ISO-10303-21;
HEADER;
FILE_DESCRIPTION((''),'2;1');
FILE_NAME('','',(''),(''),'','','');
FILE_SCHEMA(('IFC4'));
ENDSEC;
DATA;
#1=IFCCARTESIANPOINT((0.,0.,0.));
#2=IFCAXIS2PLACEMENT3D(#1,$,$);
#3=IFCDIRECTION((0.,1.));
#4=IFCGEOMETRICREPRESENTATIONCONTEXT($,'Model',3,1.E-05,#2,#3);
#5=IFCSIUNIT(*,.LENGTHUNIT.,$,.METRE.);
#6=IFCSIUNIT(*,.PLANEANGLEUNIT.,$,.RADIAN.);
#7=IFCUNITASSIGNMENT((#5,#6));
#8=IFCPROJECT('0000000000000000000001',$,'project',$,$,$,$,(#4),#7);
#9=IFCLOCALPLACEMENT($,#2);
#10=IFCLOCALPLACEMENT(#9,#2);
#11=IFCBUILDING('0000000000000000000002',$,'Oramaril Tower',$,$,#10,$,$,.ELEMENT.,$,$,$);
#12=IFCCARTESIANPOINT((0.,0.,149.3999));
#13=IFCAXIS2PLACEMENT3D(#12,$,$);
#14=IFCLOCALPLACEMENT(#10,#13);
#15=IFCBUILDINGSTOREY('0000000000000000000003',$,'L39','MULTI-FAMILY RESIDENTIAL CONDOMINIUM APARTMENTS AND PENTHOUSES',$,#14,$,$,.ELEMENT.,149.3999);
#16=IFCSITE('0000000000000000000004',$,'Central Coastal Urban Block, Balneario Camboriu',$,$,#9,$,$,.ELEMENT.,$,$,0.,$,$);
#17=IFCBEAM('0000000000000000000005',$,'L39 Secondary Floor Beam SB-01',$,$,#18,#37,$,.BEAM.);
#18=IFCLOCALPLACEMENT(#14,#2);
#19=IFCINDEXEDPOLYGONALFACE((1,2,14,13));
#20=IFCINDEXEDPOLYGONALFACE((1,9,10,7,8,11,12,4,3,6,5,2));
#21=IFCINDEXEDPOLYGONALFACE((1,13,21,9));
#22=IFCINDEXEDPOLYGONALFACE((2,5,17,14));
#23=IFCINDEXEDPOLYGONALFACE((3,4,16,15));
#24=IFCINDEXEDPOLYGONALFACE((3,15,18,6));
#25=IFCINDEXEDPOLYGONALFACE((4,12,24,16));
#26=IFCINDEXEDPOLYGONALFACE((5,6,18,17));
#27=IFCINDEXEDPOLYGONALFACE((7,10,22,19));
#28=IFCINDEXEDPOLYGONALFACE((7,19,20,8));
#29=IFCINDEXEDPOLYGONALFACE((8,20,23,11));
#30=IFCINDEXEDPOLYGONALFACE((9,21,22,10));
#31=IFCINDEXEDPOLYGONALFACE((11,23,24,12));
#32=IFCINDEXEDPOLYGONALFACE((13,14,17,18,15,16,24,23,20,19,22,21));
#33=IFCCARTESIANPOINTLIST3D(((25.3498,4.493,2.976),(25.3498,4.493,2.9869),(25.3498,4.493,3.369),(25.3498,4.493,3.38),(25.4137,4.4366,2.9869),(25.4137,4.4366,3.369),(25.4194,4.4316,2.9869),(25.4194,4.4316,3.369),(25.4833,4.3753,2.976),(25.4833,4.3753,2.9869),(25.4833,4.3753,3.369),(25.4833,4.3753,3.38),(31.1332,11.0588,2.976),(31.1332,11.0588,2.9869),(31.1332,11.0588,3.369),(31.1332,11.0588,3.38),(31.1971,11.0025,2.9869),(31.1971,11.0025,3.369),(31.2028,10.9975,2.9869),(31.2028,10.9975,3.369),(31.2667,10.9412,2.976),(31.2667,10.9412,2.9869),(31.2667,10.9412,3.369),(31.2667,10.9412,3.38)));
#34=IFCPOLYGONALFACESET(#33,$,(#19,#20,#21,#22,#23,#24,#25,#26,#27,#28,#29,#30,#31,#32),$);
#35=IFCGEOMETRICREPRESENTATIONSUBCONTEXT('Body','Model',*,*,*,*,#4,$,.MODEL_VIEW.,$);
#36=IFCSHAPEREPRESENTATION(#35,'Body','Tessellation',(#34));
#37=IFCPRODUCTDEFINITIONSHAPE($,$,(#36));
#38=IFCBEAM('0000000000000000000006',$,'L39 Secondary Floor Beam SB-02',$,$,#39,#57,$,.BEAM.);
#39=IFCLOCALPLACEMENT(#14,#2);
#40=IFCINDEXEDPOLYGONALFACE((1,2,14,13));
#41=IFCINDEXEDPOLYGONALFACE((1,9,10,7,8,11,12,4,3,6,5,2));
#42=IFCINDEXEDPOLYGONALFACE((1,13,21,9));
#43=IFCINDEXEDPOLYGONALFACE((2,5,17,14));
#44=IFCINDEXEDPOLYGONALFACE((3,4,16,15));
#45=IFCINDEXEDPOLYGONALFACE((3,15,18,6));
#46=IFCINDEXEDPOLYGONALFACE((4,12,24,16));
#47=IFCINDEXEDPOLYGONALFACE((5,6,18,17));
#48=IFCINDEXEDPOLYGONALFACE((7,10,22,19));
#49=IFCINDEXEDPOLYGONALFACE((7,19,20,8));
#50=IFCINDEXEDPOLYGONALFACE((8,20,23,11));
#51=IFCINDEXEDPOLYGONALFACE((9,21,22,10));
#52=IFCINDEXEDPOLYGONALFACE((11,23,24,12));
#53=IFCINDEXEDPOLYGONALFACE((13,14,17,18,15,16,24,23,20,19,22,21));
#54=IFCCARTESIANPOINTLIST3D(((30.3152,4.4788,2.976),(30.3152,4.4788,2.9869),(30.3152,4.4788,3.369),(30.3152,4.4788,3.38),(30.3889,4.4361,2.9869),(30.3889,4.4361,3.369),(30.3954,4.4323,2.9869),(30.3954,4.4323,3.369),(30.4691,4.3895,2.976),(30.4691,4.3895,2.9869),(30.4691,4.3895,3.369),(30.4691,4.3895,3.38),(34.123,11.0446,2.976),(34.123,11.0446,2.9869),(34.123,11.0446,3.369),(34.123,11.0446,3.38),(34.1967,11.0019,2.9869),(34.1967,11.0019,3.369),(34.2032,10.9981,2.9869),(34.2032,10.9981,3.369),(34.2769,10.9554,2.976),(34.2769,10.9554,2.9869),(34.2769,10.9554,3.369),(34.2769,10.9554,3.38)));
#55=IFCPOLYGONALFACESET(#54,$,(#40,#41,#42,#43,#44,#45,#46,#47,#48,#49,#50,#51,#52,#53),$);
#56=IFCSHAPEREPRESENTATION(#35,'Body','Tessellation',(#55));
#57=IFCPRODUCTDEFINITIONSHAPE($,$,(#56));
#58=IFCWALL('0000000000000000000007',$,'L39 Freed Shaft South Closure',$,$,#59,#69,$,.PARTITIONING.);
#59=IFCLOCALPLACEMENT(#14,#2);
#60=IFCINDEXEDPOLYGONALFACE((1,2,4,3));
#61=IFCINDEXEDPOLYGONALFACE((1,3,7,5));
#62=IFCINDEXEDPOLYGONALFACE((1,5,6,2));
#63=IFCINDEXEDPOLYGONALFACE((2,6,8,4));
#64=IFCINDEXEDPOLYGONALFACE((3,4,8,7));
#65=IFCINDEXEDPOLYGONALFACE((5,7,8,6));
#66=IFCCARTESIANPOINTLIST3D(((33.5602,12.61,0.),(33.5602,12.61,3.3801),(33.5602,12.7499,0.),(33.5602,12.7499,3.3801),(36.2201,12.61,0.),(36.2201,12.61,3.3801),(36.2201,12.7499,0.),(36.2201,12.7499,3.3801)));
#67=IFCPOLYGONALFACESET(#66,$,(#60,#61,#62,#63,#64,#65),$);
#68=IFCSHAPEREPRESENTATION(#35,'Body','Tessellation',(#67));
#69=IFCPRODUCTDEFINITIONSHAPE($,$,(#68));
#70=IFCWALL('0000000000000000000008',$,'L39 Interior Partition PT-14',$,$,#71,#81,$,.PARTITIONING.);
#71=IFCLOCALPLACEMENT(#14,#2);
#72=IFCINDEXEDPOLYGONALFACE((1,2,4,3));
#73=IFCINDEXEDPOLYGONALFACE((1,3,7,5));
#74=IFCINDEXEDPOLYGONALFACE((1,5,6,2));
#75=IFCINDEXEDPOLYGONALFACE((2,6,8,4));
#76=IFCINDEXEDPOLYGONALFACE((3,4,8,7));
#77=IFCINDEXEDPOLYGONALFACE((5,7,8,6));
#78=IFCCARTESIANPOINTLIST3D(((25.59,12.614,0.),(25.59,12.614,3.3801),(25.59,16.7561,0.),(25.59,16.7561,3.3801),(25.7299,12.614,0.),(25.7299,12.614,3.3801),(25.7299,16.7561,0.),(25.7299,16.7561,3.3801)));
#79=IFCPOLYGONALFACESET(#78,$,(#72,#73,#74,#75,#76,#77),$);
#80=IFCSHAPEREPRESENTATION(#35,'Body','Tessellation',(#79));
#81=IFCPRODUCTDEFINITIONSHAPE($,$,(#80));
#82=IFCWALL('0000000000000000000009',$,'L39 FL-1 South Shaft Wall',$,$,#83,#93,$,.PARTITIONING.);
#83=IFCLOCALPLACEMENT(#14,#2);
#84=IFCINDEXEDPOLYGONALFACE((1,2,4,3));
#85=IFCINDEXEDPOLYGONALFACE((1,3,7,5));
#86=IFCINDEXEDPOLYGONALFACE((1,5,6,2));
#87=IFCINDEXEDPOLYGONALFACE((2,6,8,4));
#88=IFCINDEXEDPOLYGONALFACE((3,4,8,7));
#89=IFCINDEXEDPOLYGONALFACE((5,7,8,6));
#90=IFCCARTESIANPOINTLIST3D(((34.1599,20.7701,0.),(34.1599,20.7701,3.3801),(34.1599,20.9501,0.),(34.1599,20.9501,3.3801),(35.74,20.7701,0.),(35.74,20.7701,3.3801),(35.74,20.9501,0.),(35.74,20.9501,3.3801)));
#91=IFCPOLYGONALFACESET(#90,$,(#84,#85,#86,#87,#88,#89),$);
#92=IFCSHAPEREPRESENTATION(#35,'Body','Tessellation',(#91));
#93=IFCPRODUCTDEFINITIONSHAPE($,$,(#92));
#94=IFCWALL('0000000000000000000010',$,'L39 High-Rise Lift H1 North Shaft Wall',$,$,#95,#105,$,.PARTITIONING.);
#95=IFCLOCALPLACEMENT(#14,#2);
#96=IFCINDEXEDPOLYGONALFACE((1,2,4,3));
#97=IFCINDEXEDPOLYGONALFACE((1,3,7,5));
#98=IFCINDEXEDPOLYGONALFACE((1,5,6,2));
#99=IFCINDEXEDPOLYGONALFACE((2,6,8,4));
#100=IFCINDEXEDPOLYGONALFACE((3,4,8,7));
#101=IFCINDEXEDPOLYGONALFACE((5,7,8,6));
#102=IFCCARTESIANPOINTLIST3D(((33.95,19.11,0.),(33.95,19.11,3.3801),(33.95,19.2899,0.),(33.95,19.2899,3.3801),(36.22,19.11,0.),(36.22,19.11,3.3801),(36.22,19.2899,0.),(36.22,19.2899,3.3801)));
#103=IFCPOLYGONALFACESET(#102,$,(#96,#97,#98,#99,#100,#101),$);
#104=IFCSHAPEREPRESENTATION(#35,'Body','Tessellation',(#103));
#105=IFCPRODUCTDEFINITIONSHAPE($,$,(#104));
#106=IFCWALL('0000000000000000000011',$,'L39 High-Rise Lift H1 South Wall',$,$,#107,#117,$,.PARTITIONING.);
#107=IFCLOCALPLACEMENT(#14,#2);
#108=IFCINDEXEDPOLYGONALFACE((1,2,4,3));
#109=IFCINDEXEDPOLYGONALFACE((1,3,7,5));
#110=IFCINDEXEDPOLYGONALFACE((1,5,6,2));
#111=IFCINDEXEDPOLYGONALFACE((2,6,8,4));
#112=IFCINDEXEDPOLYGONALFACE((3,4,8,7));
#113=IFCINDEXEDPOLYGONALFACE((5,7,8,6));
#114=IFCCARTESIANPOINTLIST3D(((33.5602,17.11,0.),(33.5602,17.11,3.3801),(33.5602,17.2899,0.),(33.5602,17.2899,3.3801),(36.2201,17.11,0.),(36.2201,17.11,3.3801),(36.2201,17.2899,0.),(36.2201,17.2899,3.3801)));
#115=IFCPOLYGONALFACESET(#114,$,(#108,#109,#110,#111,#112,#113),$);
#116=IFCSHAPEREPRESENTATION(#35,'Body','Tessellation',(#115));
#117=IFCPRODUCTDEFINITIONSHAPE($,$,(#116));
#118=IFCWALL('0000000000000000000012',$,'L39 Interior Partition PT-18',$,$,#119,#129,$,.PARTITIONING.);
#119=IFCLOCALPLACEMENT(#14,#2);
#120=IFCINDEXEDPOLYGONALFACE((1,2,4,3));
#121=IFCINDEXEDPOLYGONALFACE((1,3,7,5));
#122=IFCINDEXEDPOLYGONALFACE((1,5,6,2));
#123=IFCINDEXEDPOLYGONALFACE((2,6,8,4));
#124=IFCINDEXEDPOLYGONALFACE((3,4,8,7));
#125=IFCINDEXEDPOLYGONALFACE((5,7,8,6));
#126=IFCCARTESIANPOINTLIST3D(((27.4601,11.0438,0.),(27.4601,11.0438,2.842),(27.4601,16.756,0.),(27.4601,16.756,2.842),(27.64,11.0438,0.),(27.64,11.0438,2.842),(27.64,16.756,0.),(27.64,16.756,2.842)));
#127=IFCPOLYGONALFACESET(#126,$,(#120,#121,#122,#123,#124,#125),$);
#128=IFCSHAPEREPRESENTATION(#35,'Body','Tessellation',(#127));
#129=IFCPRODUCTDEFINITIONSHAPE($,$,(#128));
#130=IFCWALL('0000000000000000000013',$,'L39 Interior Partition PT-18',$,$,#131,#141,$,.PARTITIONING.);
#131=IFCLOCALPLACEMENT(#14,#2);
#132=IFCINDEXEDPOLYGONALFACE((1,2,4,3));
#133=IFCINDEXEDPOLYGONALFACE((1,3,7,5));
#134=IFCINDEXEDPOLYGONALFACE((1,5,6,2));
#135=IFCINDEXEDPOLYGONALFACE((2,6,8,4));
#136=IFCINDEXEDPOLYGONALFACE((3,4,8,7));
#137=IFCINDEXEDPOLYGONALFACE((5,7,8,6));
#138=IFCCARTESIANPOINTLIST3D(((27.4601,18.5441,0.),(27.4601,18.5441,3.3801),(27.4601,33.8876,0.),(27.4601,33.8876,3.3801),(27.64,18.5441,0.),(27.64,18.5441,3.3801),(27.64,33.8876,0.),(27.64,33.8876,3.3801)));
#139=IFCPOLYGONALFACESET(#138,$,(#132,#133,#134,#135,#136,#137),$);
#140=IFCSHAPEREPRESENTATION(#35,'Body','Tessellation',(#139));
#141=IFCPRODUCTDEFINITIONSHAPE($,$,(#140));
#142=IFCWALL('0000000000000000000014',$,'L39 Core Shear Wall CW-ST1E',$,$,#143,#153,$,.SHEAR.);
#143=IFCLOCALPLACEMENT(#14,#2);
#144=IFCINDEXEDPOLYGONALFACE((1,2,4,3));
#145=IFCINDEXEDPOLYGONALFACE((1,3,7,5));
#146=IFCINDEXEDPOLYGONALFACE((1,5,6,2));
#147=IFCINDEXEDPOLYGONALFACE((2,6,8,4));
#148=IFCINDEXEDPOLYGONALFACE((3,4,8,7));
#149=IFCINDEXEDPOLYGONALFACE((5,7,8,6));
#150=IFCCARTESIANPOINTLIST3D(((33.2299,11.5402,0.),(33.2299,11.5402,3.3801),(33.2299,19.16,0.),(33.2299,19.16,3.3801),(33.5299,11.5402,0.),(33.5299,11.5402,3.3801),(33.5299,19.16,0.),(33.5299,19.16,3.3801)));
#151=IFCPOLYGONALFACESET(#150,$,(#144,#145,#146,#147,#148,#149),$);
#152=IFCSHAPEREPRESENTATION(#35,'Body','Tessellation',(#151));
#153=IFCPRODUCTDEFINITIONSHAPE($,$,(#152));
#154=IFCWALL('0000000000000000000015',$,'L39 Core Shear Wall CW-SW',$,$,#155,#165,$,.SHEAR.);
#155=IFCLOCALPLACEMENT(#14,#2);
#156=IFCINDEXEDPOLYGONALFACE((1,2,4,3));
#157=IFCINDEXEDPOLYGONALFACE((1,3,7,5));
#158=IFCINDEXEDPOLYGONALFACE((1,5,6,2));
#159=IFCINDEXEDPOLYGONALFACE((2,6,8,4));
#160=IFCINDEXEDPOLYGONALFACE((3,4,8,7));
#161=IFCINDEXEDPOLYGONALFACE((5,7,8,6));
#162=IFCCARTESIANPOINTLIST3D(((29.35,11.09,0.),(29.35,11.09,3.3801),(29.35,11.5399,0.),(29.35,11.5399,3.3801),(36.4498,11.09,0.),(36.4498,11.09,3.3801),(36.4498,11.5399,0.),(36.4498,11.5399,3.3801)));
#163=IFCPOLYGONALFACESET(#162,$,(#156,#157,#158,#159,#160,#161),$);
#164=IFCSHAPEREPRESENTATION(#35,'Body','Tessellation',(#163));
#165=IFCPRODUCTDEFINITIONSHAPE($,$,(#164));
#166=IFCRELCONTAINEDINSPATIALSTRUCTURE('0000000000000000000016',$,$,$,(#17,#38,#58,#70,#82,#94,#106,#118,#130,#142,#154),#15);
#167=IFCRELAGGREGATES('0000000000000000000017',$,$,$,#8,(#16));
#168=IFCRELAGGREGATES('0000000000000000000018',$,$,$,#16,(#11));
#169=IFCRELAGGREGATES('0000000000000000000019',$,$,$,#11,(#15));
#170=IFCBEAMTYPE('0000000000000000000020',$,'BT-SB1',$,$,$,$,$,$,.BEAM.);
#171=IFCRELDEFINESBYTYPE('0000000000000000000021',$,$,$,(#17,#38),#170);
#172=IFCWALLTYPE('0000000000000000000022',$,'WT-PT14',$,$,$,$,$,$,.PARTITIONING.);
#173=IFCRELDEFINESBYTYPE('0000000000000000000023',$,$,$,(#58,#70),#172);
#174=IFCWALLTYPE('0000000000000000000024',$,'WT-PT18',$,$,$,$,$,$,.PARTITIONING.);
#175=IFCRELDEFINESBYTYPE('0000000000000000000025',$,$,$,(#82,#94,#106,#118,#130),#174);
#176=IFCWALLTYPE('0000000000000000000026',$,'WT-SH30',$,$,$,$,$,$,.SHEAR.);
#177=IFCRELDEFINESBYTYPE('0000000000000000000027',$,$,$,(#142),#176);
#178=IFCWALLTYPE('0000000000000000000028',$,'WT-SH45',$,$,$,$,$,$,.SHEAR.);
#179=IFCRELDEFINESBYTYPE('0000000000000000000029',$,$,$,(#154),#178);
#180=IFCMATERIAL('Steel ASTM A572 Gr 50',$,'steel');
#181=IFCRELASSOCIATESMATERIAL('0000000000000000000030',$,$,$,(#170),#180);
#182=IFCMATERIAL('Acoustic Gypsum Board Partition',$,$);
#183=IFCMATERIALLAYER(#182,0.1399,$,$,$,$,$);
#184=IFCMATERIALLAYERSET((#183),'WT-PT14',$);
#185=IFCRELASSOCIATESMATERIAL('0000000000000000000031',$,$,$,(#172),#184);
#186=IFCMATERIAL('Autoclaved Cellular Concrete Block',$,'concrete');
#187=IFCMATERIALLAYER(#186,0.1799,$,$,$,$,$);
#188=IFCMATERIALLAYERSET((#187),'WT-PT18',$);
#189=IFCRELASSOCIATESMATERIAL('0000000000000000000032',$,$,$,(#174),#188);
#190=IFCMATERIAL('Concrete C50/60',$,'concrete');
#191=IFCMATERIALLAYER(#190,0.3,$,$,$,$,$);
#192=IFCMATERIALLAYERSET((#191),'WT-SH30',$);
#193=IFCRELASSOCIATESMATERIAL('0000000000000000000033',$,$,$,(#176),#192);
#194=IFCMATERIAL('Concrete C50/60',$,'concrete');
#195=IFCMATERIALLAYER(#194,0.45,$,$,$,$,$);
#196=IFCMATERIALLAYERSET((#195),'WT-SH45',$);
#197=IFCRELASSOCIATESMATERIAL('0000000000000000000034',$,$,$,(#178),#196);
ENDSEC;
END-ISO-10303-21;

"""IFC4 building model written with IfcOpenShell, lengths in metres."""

from ifc_helpers import new_model, si_unit, direction, frame, frame_2d, origin, origin_2d, place, context, subcontext, project, spatial, rectangle, i_section, extrude, material, layer, layer_set, material_profile, profile_set, type_object, element, save


model = new_model("IFC4")

# Units and contexts
model_context = context("Model", 3, precision=1e-05, world=origin(), true_north=direction((0.0, 1.0)))
body_context = subcontext(model_context, "Body", "Model", "MODEL_VIEW")
ifc_project = project(units=[si_unit("LENGTHUNIT", "METRE"), si_unit("PLANEANGLEUNIT", "RADIAN")], contexts=[model_context])

# Site, building, storey
site_placement = place(None, origin())
site = spatial("IfcSite", under=ifc_project, at=site_placement, Name="Central Coastal Urban Block, Balneario Camboriu", CompositionType="ELEMENT", RefElevation=0.0)
building_placement = place(site_placement, origin())
building = spatial("IfcBuilding", under=site, at=building_placement, Name="Oramaril Tower", CompositionType="ELEMENT")
storey_placement = place(building_placement, frame((0.0, 0.0, 149.3999)))
storey = spatial("IfcBuildingStorey", under=building, at=storey_placement, Name="L39", Description="MULTI-FAMILY RESIDENTIAL CONDOMINIUM APARTMENTS AND PENTHOUSES", CompositionType="ELEMENT", Elevation=149.3999)

# Beams
ifc_material_1 = material(Name="Steel ASTM A572 Gr 50", Category="steel")
ifc_material_profile = material_profile(ifc_material_1, i_section(OverallWidth=0.178, OverallDepth=0.4041, WebThickness=0.0076, FlangeThickness=0.011, at=origin_2d()), Name="W16X36")
ifc_profile_set = profile_set([ifc_material_profile], Name="Steel ASTM A572 Gr 50")
beam_type = type_object("IfcBeamType", Name="BT-SB1", PredefinedType="BEAM", material=ifc_profile_set)
beam_1_placement = place(storey_placement, frame((31.2, 11.0, 3.178), z_axis=(-0.660978, -0.750405, 0.0), x_axis=(0.750405, -0.660978, 0.0)))
element("IfcBeam", 1, at=beam_1_placement, inside=storey, type_object=beam_type, Name="L39 Secondary Floor Beam SB-01", PredefinedType="BEAM", context=body_context, shape_type="SweptSolid", body=[
    extrude(i_section(OverallWidth=0.178, OverallDepth=0.4041, WebThickness=0.0076, FlangeThickness=0.011, at=origin_2d()), origin(), (0.0, 0.0, 1.0), 8.7498),
])
beam_2_placement = place(storey_placement, frame((34.2, 11.0, 3.178), z_axis=(-0.501682, -0.865052, 0.0), x_axis=(0.865052, -0.501682, 0.0)))
element("IfcBeam", 2, at=beam_2_placement, inside=storey, type_object=beam_type, Name="L39 Secondary Floor Beam SB-02", PredefinedType="BEAM", context=body_context, shape_type="SweptSolid", body=[
    extrude(i_section(OverallWidth=0.178, OverallDepth=0.4041, WebThickness=0.0076, FlangeThickness=0.011, at=origin_2d()), origin(), (0.0, 0.0, 1.0), 7.5901),
])

# Walls
ifc_material_2 = material(Name="Acoustic Gypsum Board Partition")
ifc_layer_1 = layer(ifc_material_2, 0.1399)
ifc_layer_set_1 = layer_set([ifc_layer_1], Name="WT-PT14")
wall_type_1 = type_object("IfcWallType", Name="WT-PT14", PredefinedType="PARTITIONING", material=ifc_layer_set_1)
wall_1_placement = place(storey_placement, frame((33.5601, 12.6799, 0.0), z_axis=(0.0, 0.0, 1.0), x_axis=(1.0, 0.0, 0.0)))
element("IfcWall", 3, at=wall_1_placement, inside=storey, type_object=wall_type_1, Name="L39 Freed Shaft South Closure", PredefinedType="PARTITIONING", context=body_context, shape_type="SweptSolid", body=[
    extrude(rectangle(XDim=2.6599, YDim=0.1399, at=frame_2d((1.3301, 0.0))), origin(), (0.0, 0.0, 1.0), 3.3801),
])
wall_2_placement = place(storey_placement, frame((25.6599, 12.614, 0.0), z_axis=(0.0, 0.0, 1.0), x_axis=(0.0, 1.0, 0.0)))
element("IfcWall", 4, at=wall_2_placement, inside=storey, type_object=wall_type_1, Name="L39 Interior Partition PT-14", PredefinedType="PARTITIONING", context=body_context, shape_type="SweptSolid", body=[
    extrude(rectangle(XDim=4.1421, YDim=0.1399, at=frame_2d((2.071, 0.0))), origin(), (0.0, 0.0, 1.0), 3.3801),
])
ifc_material_3 = material(Name="Autoclaved Cellular Concrete Block", Category="concrete")
ifc_layer_2 = layer(ifc_material_3, 0.1799)
ifc_layer_set_2 = layer_set([ifc_layer_2], Name="WT-PT18")
wall_type_2 = type_object("IfcWallType", Name="WT-PT18", PredefinedType="PARTITIONING", material=ifc_layer_set_2)
wall_3_placement = place(storey_placement, frame((34.1599, 20.8601, 0.0), z_axis=(0.0, 0.0, 1.0), x_axis=(1.0, 0.0, 0.0)))
element("IfcWall", 5, at=wall_3_placement, inside=storey, type_object=wall_type_2, Name="L39 FL-1 South Shaft Wall", PredefinedType="PARTITIONING", context=body_context, shape_type="SweptSolid", body=[
    extrude(rectangle(XDim=1.5801, YDim=0.1799, at=frame_2d((0.79, 0.0))), origin(), (0.0, 0.0, 1.0), 3.3801),
])
wall_4_placement = place(storey_placement, frame((33.95, 19.2, 0.0), z_axis=(0.0, 0.0, 1.0), x_axis=(1.0, 0.0, 0.0)))
element("IfcWall", 6, at=wall_4_placement, inside=storey, type_object=wall_type_2, Name="L39 High-Rise Lift H1 North Shaft Wall", PredefinedType="PARTITIONING", context=body_context, shape_type="SweptSolid", body=[
    extrude(rectangle(XDim=2.27, YDim=0.1799, at=frame_2d((1.135, 0.0))), origin(), (0.0, 0.0, 1.0), 3.3801),
])
wall_5_placement = place(storey_placement, frame((33.5601, 17.2, 0.0), z_axis=(0.0, 0.0, 1.0), x_axis=(1.0, 0.0, 0.0)))
element("IfcWall", 7, at=wall_5_placement, inside=storey, type_object=wall_type_2, Name="L39 High-Rise Lift H1 South Wall", PredefinedType="PARTITIONING", context=body_context, shape_type="SweptSolid", body=[
    extrude(rectangle(XDim=2.6599, YDim=0.1799, at=frame_2d((1.3301, 0.0))), origin(), (0.0, 0.0, 1.0), 3.3801),
])
wall_6_placement = place(storey_placement, frame((27.55, 11.0439, 0.0), z_axis=(0.0, 0.0, 1.0), x_axis=(0.0, 1.0, 0.0)))
element("IfcWall", 8, at=wall_6_placement, inside=storey, type_object=wall_type_2, Name="L39 Interior Partition PT-18", PredefinedType="PARTITIONING", context=body_context, shape_type="SweptSolid", body=[
    extrude(rectangle(XDim=5.7122, YDim=0.1799, at=frame_2d((2.856, 0.0))), origin(), (0.0, 0.0, 1.0), 2.842),
])
wall_7_placement = place(storey_placement, frame((27.55, 18.5439, 0.0), z_axis=(0.0, 0.0, 1.0), x_axis=(0.0, 1.0, 0.0)))
element("IfcWall", 9, at=wall_7_placement, inside=storey, type_object=wall_type_2, Name="L39 Interior Partition PT-18", PredefinedType="PARTITIONING", context=body_context, shape_type="SweptSolid", body=[
    extrude(rectangle(XDim=15.3435, YDim=0.1799, at=frame_2d((7.6719, 0.0))), origin(), (0.0, 0.0, 1.0), 3.3801),
])

# Shared definitions
ifc_material_4 = material(Name="Concrete C50/60", Category="concrete")
ifc_layer_3 = layer(ifc_material_4, 0.3)
ifc_layer_set_3 = layer_set([ifc_layer_3], Name="WT-SH30")
wall_type_3 = type_object("IfcWallType", Name="WT-SH30", PredefinedType="SHEAR", material=ifc_layer_set_3)

# Walls
wall_8_placement = place(storey_placement, frame((33.3799, 11.54, 0.0), z_axis=(0.0, 0.0, 1.0), x_axis=(0.0, 1.0, 0.0)))
element("IfcWall", 10, at=wall_8_placement, inside=storey, type_object=wall_type_3, Name="L39 Core Shear Wall CW-ST1E", PredefinedType="SHEAR", context=body_context, shape_type="SweptSolid", body=[
    extrude(rectangle(XDim=7.6199, YDim=0.3, at=frame_2d((3.8101, 0.0))), origin(), (0.0, 0.0, 1.0), 3.3801),
])
ifc_material_5 = material(Name="Concrete C50/60", Category="concrete")
ifc_layer_4 = layer(ifc_material_5, 0.45)
ifc_layer_set_4 = layer_set([ifc_layer_4], Name="WT-SH45")
wall_type_4 = type_object("IfcWallType", Name="WT-SH45", PredefinedType="SHEAR", material=ifc_layer_set_4)
wall_9_placement = place(storey_placement, frame((29.3501, 11.3149, 0.0), z_axis=(0.0, 0.0, 1.0), x_axis=(1.0, 0.0, 0.0)))
element("IfcWall", 11, at=wall_9_placement, inside=storey, type_object=wall_type_4, Name="L39 Core Shear Wall CW-SW", PredefinedType="SHEAR", context=body_context, shape_type="SweptSolid", body=[
    extrude(rectangle(XDim=7.0999, YDim=0.45, at=frame_2d((3.5498, 0.0))), origin(), (0.0, 0.0, 1.0), 3.3801),
])

save(model, "model.ifc")
